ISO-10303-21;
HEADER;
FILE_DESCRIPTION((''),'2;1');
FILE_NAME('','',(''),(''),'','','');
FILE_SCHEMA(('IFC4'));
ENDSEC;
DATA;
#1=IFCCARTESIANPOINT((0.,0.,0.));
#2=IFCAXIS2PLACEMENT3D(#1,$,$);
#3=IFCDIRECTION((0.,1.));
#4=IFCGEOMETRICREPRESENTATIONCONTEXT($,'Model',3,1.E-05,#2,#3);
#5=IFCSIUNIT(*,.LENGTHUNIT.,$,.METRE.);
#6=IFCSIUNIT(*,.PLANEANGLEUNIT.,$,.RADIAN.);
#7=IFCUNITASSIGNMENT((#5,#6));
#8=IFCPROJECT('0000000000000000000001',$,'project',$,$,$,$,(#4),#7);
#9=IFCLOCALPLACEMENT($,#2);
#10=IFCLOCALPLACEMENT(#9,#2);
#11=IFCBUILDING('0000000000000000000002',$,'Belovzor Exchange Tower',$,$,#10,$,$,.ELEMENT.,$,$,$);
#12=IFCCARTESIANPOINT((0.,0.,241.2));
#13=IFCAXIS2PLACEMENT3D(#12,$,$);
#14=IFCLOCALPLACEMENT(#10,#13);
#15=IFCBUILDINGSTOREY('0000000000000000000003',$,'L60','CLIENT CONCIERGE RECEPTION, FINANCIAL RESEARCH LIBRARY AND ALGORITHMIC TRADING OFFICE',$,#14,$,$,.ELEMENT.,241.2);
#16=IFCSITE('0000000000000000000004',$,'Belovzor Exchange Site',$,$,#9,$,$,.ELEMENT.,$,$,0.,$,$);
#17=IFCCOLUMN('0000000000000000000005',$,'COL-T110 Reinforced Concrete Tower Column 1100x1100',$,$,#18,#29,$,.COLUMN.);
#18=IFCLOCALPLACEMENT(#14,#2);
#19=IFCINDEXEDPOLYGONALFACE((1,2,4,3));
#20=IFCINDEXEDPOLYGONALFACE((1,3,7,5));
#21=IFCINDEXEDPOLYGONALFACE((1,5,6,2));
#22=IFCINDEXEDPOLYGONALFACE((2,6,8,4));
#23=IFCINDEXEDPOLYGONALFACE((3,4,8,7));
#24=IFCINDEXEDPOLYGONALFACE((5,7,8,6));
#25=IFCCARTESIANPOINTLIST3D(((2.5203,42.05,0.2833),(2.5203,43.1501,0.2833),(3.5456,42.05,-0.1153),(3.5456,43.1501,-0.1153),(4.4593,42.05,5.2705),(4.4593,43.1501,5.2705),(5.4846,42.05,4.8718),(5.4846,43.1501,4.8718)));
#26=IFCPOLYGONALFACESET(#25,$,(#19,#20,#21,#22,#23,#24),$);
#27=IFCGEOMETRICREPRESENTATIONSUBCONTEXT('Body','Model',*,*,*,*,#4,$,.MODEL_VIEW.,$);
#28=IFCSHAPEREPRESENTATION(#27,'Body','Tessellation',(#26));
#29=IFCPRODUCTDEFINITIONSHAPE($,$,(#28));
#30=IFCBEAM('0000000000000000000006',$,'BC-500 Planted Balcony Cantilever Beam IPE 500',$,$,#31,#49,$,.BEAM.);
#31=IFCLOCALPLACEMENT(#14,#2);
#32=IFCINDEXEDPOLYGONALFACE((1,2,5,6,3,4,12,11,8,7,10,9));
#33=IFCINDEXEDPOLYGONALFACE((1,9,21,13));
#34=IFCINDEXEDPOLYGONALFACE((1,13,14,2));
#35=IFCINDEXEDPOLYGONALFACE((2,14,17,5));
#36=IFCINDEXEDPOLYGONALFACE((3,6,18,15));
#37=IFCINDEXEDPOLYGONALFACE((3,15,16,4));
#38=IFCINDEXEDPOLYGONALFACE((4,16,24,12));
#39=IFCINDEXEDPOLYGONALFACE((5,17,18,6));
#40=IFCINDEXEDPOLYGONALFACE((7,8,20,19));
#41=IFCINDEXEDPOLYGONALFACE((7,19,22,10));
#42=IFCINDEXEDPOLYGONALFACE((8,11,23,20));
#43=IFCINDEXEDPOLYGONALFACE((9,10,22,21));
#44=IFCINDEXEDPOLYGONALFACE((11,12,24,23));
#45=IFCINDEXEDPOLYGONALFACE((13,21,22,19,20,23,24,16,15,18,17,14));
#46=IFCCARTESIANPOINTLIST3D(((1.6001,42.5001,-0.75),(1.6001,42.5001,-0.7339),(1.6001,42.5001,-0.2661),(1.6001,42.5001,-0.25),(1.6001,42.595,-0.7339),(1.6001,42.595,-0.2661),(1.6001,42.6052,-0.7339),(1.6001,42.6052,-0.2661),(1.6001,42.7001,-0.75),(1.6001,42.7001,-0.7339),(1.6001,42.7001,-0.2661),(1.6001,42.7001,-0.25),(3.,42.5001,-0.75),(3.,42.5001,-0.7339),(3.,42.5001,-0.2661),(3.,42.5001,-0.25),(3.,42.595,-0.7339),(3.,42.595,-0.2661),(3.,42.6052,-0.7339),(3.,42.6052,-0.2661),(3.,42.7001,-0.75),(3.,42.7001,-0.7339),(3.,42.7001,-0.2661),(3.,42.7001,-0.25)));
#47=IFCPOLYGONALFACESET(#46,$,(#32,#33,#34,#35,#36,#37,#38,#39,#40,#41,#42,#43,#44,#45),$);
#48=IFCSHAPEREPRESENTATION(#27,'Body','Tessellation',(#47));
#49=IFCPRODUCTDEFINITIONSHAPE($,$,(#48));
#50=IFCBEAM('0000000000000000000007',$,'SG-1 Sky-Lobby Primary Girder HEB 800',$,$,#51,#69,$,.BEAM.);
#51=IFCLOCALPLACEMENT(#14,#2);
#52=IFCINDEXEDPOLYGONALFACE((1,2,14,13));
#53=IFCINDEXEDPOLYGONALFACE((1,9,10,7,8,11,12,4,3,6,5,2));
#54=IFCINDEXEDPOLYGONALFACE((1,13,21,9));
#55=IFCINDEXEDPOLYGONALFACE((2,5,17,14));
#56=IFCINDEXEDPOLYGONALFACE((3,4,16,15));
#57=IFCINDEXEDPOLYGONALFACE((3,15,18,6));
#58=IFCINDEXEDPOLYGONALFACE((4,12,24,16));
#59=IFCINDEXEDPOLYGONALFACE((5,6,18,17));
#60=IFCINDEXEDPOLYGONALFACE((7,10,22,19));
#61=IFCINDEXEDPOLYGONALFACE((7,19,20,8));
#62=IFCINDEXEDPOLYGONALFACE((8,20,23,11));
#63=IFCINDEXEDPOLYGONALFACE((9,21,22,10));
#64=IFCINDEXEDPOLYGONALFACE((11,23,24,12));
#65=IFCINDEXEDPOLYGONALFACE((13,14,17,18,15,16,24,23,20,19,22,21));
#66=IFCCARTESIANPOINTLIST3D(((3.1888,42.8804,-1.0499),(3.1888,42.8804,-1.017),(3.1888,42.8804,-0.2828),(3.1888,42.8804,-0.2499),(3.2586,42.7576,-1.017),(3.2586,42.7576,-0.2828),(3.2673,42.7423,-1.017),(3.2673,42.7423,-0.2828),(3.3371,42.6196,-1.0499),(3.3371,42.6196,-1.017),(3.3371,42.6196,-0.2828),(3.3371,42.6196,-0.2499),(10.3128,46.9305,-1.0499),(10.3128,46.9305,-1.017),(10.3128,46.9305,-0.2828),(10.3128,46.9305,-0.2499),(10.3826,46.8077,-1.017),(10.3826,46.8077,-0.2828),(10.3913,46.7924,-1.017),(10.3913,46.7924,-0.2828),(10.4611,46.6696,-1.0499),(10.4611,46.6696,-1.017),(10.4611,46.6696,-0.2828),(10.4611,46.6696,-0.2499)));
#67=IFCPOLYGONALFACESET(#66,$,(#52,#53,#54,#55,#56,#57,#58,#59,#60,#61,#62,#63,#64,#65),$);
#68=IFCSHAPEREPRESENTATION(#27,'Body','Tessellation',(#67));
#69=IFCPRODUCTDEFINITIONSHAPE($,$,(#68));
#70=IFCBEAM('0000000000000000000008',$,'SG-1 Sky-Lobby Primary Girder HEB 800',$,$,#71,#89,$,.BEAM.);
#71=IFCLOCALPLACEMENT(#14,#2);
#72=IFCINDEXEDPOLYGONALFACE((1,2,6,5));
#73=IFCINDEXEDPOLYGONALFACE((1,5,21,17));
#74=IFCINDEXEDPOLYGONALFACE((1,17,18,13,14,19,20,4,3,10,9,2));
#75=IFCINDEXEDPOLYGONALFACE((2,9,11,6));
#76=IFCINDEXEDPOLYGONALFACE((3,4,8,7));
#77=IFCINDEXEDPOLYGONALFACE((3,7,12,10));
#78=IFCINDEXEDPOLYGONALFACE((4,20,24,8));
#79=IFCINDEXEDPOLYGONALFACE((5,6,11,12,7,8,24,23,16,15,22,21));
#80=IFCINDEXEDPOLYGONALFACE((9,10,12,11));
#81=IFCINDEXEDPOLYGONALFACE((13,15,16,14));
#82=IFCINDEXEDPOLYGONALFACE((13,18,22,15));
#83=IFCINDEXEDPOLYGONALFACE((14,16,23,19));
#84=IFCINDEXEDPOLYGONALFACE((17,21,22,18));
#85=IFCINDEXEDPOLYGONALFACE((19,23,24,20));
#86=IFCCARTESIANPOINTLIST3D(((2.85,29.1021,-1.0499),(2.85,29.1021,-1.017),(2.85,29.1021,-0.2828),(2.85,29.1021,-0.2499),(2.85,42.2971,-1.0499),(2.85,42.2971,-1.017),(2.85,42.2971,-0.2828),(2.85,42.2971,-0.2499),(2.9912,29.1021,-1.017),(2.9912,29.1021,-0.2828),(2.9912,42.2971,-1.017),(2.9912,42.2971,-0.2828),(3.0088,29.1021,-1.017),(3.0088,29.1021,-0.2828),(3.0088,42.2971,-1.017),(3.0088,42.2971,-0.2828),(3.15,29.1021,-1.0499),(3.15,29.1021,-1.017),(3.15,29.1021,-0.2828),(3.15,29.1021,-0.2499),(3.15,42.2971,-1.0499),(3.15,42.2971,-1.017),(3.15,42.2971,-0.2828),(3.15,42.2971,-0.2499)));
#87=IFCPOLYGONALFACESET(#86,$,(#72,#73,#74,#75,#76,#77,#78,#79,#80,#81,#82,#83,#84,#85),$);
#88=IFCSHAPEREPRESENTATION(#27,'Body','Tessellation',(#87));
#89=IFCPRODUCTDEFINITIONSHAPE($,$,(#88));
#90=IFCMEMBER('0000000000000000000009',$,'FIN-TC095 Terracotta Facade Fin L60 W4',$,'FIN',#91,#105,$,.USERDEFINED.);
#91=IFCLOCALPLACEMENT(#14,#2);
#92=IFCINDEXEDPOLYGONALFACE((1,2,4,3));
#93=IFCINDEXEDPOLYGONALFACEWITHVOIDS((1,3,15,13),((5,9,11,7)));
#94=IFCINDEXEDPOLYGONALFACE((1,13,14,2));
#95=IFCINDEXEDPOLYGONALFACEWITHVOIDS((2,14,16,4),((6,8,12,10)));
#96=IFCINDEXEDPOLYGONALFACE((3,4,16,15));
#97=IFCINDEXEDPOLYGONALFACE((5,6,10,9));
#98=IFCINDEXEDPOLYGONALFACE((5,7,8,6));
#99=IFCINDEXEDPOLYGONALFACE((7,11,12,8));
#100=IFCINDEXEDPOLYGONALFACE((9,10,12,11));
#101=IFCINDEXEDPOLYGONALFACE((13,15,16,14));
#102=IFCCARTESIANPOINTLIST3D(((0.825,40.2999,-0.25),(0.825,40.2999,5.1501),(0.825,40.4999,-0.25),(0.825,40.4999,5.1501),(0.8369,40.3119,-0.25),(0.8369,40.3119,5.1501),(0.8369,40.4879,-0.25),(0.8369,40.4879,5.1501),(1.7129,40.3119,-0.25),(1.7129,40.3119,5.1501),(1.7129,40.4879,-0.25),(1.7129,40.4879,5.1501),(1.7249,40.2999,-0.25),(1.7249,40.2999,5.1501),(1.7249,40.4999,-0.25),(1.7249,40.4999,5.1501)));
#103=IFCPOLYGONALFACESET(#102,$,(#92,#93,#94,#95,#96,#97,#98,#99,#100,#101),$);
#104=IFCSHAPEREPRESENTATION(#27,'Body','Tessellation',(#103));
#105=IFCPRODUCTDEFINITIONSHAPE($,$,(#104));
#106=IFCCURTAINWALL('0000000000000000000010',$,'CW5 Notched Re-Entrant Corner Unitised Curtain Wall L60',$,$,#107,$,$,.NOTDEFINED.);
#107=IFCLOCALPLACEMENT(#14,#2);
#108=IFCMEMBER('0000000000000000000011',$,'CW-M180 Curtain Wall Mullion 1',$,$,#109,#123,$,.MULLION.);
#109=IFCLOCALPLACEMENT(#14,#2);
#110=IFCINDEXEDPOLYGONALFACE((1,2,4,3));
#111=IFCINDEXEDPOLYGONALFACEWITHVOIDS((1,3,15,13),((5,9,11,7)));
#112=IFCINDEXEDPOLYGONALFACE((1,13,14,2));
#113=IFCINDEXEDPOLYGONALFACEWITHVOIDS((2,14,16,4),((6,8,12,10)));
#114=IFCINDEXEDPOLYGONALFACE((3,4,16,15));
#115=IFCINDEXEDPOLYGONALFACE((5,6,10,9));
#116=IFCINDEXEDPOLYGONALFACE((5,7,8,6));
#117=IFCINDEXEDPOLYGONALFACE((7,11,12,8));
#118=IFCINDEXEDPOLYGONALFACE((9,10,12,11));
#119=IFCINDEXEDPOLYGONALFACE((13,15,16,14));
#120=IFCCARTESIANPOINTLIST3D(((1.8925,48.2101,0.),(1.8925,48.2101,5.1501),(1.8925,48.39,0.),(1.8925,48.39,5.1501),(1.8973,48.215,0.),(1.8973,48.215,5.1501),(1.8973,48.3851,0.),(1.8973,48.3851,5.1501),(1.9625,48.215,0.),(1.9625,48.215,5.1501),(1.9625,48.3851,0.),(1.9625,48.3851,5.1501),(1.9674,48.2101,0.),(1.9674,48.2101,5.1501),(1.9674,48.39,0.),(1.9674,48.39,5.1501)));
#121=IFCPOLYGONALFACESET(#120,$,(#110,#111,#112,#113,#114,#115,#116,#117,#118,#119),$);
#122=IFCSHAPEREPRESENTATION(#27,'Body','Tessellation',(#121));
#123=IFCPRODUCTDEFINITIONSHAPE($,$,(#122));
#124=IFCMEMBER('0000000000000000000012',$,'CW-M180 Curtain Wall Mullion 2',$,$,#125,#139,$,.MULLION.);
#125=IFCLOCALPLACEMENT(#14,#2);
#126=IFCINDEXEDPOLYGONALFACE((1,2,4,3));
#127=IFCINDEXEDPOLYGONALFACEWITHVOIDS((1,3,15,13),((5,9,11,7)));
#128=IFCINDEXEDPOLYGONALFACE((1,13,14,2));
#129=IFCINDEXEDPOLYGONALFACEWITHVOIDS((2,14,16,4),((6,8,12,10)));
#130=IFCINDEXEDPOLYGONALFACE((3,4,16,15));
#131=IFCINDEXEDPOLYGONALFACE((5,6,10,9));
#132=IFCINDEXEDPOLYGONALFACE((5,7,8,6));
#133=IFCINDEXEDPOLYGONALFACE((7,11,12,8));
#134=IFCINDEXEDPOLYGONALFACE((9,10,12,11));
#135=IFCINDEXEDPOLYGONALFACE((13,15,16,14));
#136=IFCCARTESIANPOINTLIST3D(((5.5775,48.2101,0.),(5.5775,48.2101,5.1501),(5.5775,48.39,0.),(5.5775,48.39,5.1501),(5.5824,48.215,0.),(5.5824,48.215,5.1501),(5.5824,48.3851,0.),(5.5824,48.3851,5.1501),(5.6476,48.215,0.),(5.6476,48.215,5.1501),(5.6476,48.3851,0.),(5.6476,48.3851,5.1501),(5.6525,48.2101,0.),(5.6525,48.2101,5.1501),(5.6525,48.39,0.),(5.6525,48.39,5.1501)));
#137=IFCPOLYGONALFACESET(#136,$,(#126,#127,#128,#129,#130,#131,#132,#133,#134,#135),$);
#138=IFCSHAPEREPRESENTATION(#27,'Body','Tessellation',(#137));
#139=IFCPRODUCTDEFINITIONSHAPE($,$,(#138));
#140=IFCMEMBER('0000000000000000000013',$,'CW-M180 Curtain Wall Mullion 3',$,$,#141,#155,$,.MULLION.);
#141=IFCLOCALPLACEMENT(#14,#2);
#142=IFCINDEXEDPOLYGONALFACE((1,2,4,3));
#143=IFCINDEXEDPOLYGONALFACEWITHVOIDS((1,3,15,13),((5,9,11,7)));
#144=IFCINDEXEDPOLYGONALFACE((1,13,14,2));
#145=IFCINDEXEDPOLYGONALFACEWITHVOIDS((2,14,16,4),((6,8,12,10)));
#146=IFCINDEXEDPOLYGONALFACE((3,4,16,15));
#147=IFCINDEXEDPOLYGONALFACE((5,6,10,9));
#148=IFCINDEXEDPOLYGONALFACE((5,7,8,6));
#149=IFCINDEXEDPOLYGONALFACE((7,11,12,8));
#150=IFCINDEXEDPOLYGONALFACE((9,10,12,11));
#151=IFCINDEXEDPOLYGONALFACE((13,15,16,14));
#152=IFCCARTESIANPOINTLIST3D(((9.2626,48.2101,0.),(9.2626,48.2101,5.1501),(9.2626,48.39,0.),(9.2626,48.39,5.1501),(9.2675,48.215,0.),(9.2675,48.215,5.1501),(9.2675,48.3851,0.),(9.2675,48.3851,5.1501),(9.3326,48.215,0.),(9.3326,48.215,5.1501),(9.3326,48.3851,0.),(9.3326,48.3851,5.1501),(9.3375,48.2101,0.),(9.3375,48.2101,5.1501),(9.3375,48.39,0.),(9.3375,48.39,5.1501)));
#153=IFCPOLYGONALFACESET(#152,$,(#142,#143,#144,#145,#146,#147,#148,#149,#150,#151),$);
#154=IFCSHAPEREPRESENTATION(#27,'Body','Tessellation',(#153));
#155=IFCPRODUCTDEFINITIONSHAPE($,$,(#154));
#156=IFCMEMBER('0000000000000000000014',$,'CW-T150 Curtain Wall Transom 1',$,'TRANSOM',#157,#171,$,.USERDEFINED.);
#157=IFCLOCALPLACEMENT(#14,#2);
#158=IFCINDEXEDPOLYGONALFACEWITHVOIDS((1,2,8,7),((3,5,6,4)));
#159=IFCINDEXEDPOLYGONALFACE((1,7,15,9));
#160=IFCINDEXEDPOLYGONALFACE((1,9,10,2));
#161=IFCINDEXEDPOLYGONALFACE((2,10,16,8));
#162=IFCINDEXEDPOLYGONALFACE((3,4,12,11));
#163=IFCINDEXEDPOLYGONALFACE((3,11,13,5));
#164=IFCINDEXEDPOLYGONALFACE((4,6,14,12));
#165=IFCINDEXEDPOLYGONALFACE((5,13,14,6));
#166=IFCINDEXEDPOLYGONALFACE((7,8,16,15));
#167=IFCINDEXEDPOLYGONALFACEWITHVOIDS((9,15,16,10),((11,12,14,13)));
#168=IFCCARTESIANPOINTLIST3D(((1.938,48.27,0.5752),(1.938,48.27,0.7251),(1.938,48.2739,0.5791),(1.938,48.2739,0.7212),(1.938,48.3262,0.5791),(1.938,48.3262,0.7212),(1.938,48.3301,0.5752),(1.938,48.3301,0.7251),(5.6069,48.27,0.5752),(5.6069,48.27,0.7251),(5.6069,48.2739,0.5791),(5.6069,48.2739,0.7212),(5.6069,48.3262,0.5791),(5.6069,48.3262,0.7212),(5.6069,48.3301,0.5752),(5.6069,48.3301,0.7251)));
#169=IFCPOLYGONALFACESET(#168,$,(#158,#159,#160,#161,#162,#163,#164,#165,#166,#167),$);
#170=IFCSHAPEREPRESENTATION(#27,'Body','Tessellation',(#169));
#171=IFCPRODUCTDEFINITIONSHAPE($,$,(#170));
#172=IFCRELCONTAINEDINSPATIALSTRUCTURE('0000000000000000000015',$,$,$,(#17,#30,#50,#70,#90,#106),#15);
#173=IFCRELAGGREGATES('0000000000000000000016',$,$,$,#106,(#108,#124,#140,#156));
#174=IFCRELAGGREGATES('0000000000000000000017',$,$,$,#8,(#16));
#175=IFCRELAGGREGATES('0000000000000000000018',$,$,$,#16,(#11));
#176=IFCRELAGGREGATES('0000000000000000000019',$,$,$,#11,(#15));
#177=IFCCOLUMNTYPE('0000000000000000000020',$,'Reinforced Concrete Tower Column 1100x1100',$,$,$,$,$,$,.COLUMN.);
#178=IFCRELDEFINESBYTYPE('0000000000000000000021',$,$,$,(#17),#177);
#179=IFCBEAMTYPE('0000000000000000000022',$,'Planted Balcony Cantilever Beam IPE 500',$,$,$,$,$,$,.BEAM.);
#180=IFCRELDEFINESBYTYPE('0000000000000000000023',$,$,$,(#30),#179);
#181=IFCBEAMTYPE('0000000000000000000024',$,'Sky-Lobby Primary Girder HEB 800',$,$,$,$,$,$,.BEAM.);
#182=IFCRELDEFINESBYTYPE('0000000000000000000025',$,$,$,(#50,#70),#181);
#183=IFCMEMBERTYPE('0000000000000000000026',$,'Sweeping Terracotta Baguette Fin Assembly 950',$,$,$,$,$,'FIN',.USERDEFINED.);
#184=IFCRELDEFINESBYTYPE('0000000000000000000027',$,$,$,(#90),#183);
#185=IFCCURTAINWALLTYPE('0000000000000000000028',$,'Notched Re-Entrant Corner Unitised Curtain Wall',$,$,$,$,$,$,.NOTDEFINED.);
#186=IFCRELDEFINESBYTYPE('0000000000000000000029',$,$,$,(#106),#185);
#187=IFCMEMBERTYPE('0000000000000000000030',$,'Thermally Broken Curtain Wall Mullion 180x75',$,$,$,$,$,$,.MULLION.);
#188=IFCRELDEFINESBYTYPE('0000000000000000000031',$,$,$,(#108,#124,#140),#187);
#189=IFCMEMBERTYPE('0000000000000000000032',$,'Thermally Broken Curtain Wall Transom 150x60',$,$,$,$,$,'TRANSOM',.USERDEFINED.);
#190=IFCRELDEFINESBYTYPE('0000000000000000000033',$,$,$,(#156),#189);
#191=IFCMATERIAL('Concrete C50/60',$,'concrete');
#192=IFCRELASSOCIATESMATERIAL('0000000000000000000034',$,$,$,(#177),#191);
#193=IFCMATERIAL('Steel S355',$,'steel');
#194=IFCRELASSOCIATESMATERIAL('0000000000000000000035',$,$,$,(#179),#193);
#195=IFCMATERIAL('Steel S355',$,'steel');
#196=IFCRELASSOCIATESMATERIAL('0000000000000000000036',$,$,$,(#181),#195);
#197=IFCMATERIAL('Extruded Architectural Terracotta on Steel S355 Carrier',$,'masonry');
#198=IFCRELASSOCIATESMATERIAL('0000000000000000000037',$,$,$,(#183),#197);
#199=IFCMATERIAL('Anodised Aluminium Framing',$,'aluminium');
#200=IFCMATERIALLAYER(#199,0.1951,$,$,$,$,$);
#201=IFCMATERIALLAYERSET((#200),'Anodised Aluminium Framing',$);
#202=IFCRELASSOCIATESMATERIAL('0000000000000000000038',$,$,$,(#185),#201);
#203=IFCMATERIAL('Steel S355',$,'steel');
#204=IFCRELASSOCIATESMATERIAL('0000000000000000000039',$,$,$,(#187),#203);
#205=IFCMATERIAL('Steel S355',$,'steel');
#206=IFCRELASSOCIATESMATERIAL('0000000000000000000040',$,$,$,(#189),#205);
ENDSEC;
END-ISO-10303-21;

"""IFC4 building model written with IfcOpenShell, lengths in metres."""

from ifc_helpers import new_model, si_unit, direction, frame, origin, origin_2d, place, context, subcontext, project, spatial, rectangle, hollow_rectangle, i_section, extrude, material, layer, layer_set, material_profile, profile_set, type_object, element, aggregate, save


model = new_model("IFC4")

# Units and contexts
model_context = context("Model", 3, precision=1e-05, world=origin(), true_north=direction((0.0, 1.0)))
body_context = subcontext(model_context, "Body", "Model", "MODEL_VIEW")
ifc_project = project(units=[si_unit("LENGTHUNIT", "METRE"), si_unit("PLANEANGLEUNIT", "RADIAN")], contexts=[model_context])

# Site, building, storey
site_placement = place(None, origin())
site = spatial("IfcSite", under=ifc_project, at=site_placement, Name="Belovzor Exchange Site", CompositionType="ELEMENT", RefElevation=0.0)
building_placement = place(site_placement, origin())
building = spatial("IfcBuilding", under=site, at=building_placement, Name="Belovzor Exchange Tower", CompositionType="ELEMENT")
storey_placement = place(building_placement, frame((0.0, 0.0, 241.2)))
storey = spatial("IfcBuildingStorey", under=building, at=storey_placement, Name="L60", Description="CLIENT CONCIERGE RECEPTION, FINANCIAL RESEARCH LIBRARY AND ALGORITHMIC TRADING OFFICE", CompositionType="ELEMENT", Elevation=241.2)

# Column
ifc_material_1 = material(Name="Concrete C50/60", Category="concrete")
ifc_material_profile_1 = material_profile(ifc_material_1, rectangle(XDim=1.1001, YDim=1.1001, at=origin_2d()))
ifc_profile_set_1 = profile_set([ifc_material_profile_1], Name="Concrete C50/60")
column_type = type_object("IfcColumnType", Name="Reinforced Concrete Tower Column 1100x1100", PredefinedType="COLUMN", material=ifc_profile_set_1)
column_placement = place(storey_placement, frame((3.033, 42.6001, 0.084), z_axis=(0.362374, 0.0, 0.932033), x_axis=(0.0, 1.0, 0.0)))
element("IfcColumn", 1, at=column_placement, inside=storey, type_object=column_type, Name="COL-T110 Reinforced Concrete Tower Column 1100x1100", PredefinedType="COLUMN", context=body_context, shape_type="SweptSolid", body=[
    extrude(rectangle(XDim=1.1001, YDim=1.1001, at=origin_2d()), origin(), (0.0, 0.0, 1.0), 5.3508),
])

# Beams
ifc_material_2 = material(Name="Steel S355", Category="steel")
ifc_material_profile_2 = material_profile(ifc_material_2, i_section(OverallWidth=0.2, OverallDepth=0.5, WebThickness=0.0103, FlangeThickness=0.0161, at=origin_2d()))
ifc_profile_set_2 = profile_set([ifc_material_profile_2], Name="Steel S355")
beam_type_1 = type_object("IfcBeamType", Name="Planted Balcony Cantilever Beam IPE 500", PredefinedType="BEAM", material=ifc_profile_set_2)
beam_1_placement = place(storey_placement, frame((3.0, 42.6001, -0.5), z_axis=(-1.0, 0.0, 0.0), x_axis=(0.0, -1.0, 0.0)))
element("IfcBeam", 2, at=beam_1_placement, inside=storey, type_object=beam_type_1, Name="BC-500 Planted Balcony Cantilever Beam IPE 500", PredefinedType="BEAM", context=body_context, shape_type="SweptSolid", body=[
    extrude(i_section(OverallWidth=0.2, OverallDepth=0.5, WebThickness=0.0103, FlangeThickness=0.0161, at=origin_2d()), origin(), (0.0, 0.0, 1.0), 1.3999),
])
ifc_material_3 = material(Name="Steel S355", Category="steel")
ifc_material_profile_3 = material_profile(ifc_material_3, i_section(OverallWidth=0.3, OverallDepth=0.8, WebThickness=0.0176, FlangeThickness=0.033, at=origin_2d()))
ifc_profile_set_3 = profile_set([ifc_material_profile_3], Name="Steel S355")
beam_type_2 = type_object("IfcBeamType", Name="Sky-Lobby Primary Girder HEB 800", PredefinedType="BEAM", material=ifc_profile_set_3)
beam_2_placement = place(storey_placement, frame((10.387, 46.8, -0.6499), z_axis=(-0.869336, -0.494222, 0.0), x_axis=(0.494222, -0.869336, 0.0)))
element("IfcBeam", 3, at=beam_2_placement, inside=storey, type_object=beam_type_2, Name="SG-1 Sky-Lobby Primary Girder HEB 800", PredefinedType="BEAM", context=body_context, shape_type="SweptSolid", body=[
    extrude(i_section(OverallWidth=0.3, OverallDepth=0.8, WebThickness=0.0176, FlangeThickness=0.033, at=origin_2d()), origin(), (0.0, 0.0, 1.0), 8.1948),
])
beam_3_placement = place(storey_placement, frame((3.0, 42.2971, -0.6499), z_axis=(0.0, -1.0, 0.0), x_axis=(1.0, 0.0, 0.0)))
element("IfcBeam", 4, at=beam_3_placement, inside=storey, type_object=beam_type_2, Name="SG-1 Sky-Lobby Primary Girder HEB 800", PredefinedType="BEAM", context=body_context, shape_type="SweptSolid", body=[
    extrude(i_section(OverallWidth=0.3, OverallDepth=0.8, WebThickness=0.0176, FlangeThickness=0.033, at=origin_2d()), origin(), (0.0, 0.0, 1.0), 13.1951),
])

# Member
ifc_material_4 = material(Name="Extruded Architectural Terracotta on Steel S355 Carrier", Category="masonry")
ifc_material_profile_4 = material_profile(ifc_material_4, hollow_rectangle(XDim=0.2, YDim=0.8999, WallThickness=0.012, at=origin_2d()))
ifc_profile_set_4 = profile_set([ifc_material_profile_4], Name="Extruded Architectural Terracotta on Steel S355 Carrier")
member_type_1 = type_object("IfcMemberType", Name="Sweeping Terracotta Baguette Fin Assembly 950", ElementType="FIN", PredefinedType="USERDEFINED", material=ifc_profile_set_4)
member_1_placement = place(storey_placement, frame((1.2749, 40.3999, -0.25), z_axis=(0.0, 0.0, 1.0), x_axis=(0.0, 1.0, 0.0)))
element("IfcMember", 5, at=member_1_placement, inside=storey, type_object=member_type_1, Name="FIN-TC095 Terracotta Facade Fin L60 W4", ObjectType="FIN", PredefinedType="USERDEFINED", context=body_context, shape_type="SweptSolid", body=[
    extrude(hollow_rectangle(XDim=0.2, YDim=0.8999, WallThickness=0.012, at=origin_2d()), origin(), (0.0, 0.0, 1.0), 5.4001),
])

# Curtain wall, members
ifc_material_5 = material(Name="Anodised Aluminium Framing", Category="aluminium")
ifc_layer_1 = layer(ifc_material_5, 0.1951)
ifc_layer_set_1 = layer_set([ifc_layer_1], Name="Anodised Aluminium Framing")
curtain_wall_type = type_object("IfcCurtainWallType", Name="Notched Re-Entrant Corner Unitised Curtain Wall", PredefinedType="NOTDEFINED", material=ifc_layer_set_1)
curtain_wall_placement = place(storey_placement, origin())
curtain_wall = element("IfcCurtainWall", 6, at=curtain_wall_placement, inside=storey, type_object=curtain_wall_type, Name="CW5 Notched Re-Entrant Corner Unitised Curtain Wall L60", PredefinedType="NOTDEFINED")
ifc_material_6 = material(Name="Steel S355", Category="steel")
ifc_material_profile_5 = material_profile(ifc_material_6, hollow_rectangle(XDim=0.075, YDim=0.1799, WallThickness=0.0049, at=origin_2d()))
ifc_profile_set_5 = profile_set([ifc_material_profile_5], Name="Steel S355")
member_type_2 = type_object("IfcMemberType", Name="Thermally Broken Curtain Wall Mullion 180x75", PredefinedType="MULLION", material=ifc_profile_set_5)
member_2_placement = place(storey_placement, frame((1.9299, 48.3, 0.0), z_axis=(0.0, 0.0, 1.0), x_axis=(1.0, 0.0, 0.0)))
member_2 = element("IfcMember", 7, at=member_2_placement, type_object=member_type_2, Name="CW-M180 Curtain Wall Mullion 1", PredefinedType="MULLION", context=body_context, shape_type="SweptSolid", body=[
    extrude(hollow_rectangle(XDim=0.075, YDim=0.1799, WallThickness=0.0049, at=origin_2d()), origin(), (0.0, 0.0, 1.0), 5.1501),
])
member_3_placement = place(storey_placement, frame((5.615, 48.3, 0.0), z_axis=(0.0, 0.0, 1.0), x_axis=(1.0, 0.0, 0.0)))
member_3 = element("IfcMember", 8, at=member_3_placement, type_object=member_type_2, Name="CW-M180 Curtain Wall Mullion 2", PredefinedType="MULLION", context=body_context, shape_type="SweptSolid", body=[
    extrude(hollow_rectangle(XDim=0.075, YDim=0.1799, WallThickness=0.0049, at=origin_2d()), origin(), (0.0, 0.0, 1.0), 5.1501),
])
member_4_placement = place(storey_placement, frame((9.3, 48.3, 0.0), z_axis=(0.0, 0.0, 1.0), x_axis=(1.0, 0.0, 0.0)))
member_4 = element("IfcMember", 9, at=member_4_placement, type_object=member_type_2, Name="CW-M180 Curtain Wall Mullion 3", PredefinedType="MULLION", context=body_context, shape_type="SweptSolid", body=[
    extrude(hollow_rectangle(XDim=0.075, YDim=0.1799, WallThickness=0.0049, at=origin_2d()), origin(), (0.0, 0.0, 1.0), 5.1501),
])
ifc_material_7 = material(Name="Steel S355", Category="steel")
ifc_material_profile_6 = material_profile(ifc_material_7, hollow_rectangle(XDim=0.0601, YDim=0.1499, WallThickness=0.0039, at=origin_2d()))
ifc_profile_set_6 = profile_set([ifc_material_profile_6], Name="Steel S355")
member_type_3 = type_object("IfcMemberType", Name="Thermally Broken Curtain Wall Transom 150x60", ElementType="TRANSOM", PredefinedType="USERDEFINED", material=ifc_profile_set_6)
member_5_placement = place(storey_placement, frame((1.938, 48.3, 0.6501), z_axis=(1.0, 0.0, 0.0), x_axis=(0.0, 1.0, 0.0)))
member_5 = element("IfcMember", 10, at=member_5_placement, type_object=member_type_3, Name="CW-T150 Curtain Wall Transom 1", ObjectType="TRANSOM", PredefinedType="USERDEFINED", context=body_context, shape_type="SweptSolid", body=[
    extrude(hollow_rectangle(XDim=0.0601, YDim=0.1499, WallThickness=0.0039, at=origin_2d()), origin(), (0.0, 0.0, 1.0), 3.6689),
])

aggregate(curtain_wall, [member_2, member_3, member_4, member_5])

save(model, "model.ifc")
